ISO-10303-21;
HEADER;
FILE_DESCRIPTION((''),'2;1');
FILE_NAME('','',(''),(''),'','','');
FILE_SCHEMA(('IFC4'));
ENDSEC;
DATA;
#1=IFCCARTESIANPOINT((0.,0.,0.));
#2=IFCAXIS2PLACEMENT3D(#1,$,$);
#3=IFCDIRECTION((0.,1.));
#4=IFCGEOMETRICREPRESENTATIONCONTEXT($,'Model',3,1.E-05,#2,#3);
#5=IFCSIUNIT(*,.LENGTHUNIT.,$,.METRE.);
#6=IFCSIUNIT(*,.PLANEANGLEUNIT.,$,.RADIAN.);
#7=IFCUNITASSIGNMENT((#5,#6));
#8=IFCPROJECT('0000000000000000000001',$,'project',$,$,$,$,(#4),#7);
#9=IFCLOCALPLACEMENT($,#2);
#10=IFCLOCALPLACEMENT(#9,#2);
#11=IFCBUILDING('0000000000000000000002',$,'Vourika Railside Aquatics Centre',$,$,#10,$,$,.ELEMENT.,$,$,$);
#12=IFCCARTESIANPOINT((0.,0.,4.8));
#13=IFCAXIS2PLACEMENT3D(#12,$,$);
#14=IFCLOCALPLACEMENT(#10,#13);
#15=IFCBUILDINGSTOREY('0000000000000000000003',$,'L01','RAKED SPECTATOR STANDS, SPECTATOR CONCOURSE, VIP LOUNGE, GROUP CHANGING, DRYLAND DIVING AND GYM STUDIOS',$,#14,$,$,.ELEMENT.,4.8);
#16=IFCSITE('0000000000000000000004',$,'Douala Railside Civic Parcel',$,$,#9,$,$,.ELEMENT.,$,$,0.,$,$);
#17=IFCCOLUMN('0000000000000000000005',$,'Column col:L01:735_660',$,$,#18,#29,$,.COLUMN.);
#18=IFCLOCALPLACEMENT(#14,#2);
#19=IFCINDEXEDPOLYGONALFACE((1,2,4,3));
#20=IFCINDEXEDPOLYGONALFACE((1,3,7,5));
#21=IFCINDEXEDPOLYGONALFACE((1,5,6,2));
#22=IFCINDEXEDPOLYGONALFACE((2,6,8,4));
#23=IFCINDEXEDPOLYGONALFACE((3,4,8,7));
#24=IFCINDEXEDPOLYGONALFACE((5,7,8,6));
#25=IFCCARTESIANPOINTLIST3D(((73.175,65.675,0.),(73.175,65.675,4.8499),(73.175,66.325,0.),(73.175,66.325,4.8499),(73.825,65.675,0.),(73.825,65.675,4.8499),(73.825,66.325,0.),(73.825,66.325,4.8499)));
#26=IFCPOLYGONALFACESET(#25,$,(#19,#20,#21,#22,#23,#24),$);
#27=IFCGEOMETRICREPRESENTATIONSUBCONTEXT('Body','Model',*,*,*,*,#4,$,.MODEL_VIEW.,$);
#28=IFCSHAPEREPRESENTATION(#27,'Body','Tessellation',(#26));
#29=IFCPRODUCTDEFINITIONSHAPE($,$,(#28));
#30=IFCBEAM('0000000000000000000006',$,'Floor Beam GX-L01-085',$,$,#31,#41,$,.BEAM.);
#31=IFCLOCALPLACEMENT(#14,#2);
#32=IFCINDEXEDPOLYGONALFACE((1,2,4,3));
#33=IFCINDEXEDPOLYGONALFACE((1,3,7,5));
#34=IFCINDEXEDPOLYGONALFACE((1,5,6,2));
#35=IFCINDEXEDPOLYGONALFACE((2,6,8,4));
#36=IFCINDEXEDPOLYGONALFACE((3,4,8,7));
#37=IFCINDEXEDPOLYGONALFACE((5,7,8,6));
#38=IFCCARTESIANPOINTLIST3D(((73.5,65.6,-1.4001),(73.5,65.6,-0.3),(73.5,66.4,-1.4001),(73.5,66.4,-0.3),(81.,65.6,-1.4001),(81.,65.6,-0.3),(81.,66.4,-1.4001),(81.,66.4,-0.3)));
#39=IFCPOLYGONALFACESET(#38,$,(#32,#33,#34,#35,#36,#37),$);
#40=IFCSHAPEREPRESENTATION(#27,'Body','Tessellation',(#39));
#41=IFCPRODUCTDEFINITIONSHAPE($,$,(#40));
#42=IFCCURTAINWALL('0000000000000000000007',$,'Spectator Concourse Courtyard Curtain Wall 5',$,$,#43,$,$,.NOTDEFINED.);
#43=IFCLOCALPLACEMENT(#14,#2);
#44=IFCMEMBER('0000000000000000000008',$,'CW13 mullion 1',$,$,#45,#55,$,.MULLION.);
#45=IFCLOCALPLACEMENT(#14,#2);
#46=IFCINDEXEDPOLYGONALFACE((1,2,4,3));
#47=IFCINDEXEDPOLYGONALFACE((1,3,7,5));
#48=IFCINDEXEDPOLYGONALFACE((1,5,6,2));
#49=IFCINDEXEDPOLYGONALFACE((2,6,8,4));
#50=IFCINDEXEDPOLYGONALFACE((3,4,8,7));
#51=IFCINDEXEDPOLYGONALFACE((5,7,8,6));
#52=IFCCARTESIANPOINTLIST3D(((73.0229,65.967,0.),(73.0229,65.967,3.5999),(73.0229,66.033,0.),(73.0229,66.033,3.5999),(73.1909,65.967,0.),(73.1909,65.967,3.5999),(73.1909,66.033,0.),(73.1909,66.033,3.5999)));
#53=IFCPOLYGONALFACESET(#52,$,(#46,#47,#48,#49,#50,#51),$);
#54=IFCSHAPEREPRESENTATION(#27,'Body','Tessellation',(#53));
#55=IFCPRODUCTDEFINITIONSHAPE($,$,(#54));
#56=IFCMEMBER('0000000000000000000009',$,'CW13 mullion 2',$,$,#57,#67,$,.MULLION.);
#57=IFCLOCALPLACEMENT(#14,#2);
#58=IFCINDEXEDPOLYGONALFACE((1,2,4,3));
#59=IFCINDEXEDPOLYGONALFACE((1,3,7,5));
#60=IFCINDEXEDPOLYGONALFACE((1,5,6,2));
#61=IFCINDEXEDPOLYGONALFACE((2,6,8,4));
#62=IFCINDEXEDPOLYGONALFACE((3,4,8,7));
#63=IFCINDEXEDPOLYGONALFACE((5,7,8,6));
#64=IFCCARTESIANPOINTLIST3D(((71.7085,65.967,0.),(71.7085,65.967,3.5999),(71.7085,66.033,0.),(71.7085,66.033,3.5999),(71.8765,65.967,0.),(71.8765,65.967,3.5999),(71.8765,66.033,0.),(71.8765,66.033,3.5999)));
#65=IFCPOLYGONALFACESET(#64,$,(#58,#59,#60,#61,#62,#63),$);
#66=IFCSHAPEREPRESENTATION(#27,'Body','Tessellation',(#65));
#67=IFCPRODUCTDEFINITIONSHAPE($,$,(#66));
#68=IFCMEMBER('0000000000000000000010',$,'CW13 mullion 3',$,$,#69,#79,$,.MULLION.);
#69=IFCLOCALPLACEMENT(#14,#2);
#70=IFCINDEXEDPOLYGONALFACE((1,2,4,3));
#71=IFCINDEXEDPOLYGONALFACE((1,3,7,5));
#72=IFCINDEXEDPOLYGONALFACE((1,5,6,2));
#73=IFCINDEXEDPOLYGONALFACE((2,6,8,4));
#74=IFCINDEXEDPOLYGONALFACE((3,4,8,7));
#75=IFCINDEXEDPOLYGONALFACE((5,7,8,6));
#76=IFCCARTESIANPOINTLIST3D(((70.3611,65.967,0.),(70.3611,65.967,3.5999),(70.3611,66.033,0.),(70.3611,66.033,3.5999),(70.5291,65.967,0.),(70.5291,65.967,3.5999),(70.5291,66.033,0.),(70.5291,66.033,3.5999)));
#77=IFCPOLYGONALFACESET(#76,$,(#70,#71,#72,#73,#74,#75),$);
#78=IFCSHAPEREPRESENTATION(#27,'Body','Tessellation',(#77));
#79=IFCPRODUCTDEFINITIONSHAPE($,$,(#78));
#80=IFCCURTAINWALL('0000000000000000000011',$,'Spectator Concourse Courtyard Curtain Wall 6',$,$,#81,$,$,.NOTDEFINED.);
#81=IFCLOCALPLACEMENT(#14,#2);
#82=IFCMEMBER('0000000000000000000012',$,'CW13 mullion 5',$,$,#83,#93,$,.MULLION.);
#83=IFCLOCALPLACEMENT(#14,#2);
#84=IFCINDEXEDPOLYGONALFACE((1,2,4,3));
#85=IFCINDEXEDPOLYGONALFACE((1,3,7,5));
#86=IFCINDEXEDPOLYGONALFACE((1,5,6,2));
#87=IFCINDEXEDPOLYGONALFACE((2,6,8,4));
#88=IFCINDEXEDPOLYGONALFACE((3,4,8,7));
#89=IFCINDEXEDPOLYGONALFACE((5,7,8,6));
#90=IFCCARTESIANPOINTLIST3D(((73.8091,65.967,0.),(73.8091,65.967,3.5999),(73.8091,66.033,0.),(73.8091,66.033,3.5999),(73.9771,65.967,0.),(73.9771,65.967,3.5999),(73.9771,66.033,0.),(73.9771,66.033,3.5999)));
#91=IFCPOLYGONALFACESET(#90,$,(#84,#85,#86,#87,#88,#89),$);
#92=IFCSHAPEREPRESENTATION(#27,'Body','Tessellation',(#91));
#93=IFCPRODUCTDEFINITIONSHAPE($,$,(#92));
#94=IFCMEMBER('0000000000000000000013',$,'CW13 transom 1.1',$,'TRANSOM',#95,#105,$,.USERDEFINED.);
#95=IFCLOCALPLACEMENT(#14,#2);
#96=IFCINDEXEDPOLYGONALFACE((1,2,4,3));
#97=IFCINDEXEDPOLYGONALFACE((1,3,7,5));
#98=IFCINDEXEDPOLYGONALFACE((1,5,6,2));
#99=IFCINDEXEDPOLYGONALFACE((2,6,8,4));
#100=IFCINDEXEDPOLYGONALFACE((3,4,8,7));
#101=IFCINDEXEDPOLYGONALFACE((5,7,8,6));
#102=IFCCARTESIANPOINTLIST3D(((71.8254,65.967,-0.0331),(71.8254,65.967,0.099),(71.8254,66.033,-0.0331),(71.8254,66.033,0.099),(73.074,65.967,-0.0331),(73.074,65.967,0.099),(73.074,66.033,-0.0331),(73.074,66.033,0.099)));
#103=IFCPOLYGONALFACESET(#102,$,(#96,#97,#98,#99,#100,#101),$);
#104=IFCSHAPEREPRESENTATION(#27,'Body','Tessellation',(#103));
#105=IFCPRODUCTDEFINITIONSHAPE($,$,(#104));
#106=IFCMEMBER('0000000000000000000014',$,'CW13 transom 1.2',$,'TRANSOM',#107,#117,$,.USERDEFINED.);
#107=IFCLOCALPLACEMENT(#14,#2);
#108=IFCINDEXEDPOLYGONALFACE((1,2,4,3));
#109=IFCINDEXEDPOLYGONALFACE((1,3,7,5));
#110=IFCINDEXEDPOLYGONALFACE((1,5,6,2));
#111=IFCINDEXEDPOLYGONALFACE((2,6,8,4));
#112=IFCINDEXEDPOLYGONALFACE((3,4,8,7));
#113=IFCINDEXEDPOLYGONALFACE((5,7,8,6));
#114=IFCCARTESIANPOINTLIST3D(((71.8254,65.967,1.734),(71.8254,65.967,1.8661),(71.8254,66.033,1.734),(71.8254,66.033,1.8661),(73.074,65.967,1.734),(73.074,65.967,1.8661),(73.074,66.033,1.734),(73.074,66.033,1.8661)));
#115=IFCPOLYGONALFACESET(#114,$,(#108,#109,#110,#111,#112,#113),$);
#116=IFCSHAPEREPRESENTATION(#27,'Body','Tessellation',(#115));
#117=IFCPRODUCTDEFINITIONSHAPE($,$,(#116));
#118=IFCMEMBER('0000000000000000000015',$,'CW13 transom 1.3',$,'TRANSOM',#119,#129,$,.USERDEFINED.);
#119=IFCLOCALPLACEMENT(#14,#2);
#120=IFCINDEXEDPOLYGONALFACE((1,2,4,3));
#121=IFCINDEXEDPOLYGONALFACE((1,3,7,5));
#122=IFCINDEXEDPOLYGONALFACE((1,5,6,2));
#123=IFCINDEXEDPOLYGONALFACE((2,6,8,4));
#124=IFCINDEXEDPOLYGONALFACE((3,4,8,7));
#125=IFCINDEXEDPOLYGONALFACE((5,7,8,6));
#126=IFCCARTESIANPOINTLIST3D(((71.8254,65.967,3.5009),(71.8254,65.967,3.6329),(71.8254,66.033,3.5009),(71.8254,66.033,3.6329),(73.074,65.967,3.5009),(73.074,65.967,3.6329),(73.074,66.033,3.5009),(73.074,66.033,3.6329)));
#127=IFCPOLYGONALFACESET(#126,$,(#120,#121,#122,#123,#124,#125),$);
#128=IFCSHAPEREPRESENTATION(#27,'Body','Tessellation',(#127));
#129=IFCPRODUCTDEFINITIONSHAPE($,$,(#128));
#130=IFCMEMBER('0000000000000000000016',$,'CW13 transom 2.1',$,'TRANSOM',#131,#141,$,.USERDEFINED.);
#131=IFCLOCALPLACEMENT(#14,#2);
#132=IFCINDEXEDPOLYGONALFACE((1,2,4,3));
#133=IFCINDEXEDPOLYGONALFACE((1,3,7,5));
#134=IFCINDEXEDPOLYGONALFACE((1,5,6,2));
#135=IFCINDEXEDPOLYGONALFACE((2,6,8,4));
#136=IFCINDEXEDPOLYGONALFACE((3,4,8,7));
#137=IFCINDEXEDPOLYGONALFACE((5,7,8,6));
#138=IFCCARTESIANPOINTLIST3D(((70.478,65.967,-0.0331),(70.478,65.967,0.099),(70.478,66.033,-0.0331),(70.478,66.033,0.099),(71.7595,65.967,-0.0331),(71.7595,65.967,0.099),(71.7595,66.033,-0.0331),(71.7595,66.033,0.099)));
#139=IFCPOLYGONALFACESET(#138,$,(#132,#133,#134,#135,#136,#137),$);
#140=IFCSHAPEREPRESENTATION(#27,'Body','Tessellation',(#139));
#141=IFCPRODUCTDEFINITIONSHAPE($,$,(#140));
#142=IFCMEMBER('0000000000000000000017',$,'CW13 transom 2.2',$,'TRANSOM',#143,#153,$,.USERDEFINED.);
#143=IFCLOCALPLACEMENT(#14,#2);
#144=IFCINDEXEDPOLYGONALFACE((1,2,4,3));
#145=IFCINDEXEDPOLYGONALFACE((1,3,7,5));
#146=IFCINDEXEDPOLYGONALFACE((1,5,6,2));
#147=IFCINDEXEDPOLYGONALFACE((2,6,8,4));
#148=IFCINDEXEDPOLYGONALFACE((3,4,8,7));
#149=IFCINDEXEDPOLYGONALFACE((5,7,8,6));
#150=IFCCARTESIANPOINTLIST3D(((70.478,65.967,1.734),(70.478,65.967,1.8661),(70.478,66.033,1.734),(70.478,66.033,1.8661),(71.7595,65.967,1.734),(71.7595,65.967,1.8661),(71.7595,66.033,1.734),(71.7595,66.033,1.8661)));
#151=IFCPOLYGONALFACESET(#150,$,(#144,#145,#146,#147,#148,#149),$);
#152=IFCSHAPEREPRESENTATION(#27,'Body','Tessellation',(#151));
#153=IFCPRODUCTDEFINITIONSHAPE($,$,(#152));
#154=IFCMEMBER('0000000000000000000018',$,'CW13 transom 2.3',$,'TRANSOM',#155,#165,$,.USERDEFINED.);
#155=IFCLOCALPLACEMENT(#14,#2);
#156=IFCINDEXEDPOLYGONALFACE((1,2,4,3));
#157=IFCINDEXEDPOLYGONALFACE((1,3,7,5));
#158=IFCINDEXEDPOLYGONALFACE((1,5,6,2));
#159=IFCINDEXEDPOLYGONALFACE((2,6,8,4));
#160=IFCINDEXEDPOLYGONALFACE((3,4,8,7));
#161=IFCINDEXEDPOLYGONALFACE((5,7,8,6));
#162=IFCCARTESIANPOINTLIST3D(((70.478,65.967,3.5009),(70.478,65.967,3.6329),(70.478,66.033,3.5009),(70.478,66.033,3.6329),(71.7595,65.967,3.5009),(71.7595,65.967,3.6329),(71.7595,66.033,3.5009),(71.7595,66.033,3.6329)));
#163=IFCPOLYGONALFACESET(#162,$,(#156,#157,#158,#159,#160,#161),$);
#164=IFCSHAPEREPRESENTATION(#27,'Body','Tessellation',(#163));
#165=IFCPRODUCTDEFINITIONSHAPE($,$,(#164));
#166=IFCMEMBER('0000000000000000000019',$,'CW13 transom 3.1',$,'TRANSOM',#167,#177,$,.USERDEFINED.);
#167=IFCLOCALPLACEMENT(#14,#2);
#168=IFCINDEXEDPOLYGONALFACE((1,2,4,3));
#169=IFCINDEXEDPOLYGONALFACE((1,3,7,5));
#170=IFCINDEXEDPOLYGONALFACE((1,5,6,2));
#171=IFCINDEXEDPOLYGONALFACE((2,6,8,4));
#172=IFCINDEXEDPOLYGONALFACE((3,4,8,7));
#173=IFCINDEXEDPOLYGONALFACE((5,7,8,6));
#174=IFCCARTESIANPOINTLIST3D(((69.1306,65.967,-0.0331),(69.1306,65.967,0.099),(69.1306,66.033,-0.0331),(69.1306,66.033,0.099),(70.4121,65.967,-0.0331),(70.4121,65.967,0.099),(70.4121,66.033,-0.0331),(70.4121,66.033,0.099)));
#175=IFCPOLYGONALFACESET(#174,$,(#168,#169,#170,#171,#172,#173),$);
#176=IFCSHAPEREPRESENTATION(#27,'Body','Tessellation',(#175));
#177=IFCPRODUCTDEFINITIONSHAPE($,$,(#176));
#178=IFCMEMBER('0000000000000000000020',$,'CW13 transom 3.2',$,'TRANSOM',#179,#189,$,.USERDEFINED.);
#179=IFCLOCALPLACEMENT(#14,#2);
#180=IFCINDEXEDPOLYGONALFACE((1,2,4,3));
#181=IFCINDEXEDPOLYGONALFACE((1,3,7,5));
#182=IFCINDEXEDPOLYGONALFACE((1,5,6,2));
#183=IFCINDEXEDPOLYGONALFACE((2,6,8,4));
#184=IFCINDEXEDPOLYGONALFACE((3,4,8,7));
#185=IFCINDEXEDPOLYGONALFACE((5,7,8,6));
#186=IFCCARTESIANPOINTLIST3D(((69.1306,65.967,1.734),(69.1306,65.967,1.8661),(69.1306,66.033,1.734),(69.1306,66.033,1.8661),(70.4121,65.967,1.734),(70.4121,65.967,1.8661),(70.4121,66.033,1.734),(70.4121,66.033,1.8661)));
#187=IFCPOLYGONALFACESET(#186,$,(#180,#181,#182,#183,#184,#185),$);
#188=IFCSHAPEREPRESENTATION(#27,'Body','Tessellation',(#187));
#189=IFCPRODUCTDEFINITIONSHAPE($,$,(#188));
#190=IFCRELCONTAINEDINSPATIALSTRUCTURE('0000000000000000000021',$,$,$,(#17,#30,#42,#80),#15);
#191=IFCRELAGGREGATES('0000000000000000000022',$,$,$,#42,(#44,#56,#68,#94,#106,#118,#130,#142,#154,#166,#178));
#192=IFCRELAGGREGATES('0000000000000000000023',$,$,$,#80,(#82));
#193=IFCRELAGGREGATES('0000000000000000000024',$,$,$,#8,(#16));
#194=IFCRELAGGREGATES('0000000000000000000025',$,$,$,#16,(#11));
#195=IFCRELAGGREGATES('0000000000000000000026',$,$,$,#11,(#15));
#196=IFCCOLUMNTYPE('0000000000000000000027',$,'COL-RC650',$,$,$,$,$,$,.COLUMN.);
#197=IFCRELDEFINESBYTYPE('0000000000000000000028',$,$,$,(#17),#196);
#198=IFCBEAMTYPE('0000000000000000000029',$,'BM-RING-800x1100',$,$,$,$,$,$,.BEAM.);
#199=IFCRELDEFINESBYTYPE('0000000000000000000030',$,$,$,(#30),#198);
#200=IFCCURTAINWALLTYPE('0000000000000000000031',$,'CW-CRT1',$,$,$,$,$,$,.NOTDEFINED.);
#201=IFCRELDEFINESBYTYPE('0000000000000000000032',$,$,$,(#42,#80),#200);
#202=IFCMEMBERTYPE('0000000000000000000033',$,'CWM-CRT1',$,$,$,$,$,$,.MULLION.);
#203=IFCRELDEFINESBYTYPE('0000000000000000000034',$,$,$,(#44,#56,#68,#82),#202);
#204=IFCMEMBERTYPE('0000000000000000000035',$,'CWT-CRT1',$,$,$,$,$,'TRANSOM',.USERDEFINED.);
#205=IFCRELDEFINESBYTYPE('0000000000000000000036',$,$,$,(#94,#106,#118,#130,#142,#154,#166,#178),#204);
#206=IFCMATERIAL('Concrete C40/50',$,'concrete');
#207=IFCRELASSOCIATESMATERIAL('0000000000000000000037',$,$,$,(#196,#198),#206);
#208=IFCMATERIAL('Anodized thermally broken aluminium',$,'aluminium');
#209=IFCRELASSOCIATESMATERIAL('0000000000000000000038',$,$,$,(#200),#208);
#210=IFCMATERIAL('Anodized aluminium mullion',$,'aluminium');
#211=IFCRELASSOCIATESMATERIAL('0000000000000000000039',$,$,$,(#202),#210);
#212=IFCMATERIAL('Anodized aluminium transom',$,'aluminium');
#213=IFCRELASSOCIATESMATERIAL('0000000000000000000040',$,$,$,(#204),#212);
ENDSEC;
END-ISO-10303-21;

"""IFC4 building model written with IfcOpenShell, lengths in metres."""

from ifc_helpers import new_model, si_unit, direction, frame, origin, origin_2d, place, context, subcontext, project, spatial, rectangle, extrude, material, material_profile, profile_set, type_object, element, aggregate, save


model = new_model("IFC4")

# Units and contexts
model_context = context("Model", 3, precision=1e-05, world=origin(), true_north=direction((0.0, 1.0)))
body_context = subcontext(model_context, "Body", "Model", "MODEL_VIEW")
ifc_project = project(units=[si_unit("LENGTHUNIT", "METRE"), si_unit("PLANEANGLEUNIT", "RADIAN")], contexts=[model_context])

# Site, building, storey
site_placement = place(None, origin())
site = spatial("IfcSite", under=ifc_project, at=site_placement, Name="Douala Railside Civic Parcel", CompositionType="ELEMENT", RefElevation=0.0)
building_placement = place(site_placement, origin())
building = spatial("IfcBuilding", under=site, at=building_placement, Name="Vourika Railside Aquatics Centre", CompositionType="ELEMENT")
storey_placement = place(building_placement, frame((0.0, 0.0, 4.8)))
storey = spatial("IfcBuildingStorey", under=building, at=storey_placement, Name="L01", Description="RAKED SPECTATOR STANDS, SPECTATOR CONCOURSE, VIP LOUNGE, GROUP CHANGING, DRYLAND DIVING AND GYM STUDIOS", CompositionType="ELEMENT", Elevation=4.8)

# Column
ifc_material_1 = material(Name="Concrete C40/50", Category="concrete")
ifc_material_profile_1 = material_profile(ifc_material_1, rectangle(XDim=0.6499, YDim=0.6499, at=origin_2d()), Name="RC 650x650")
ifc_profile_set_1 = profile_set([ifc_material_profile_1], Name="Concrete C40/50")
column_type = type_object("IfcColumnType", Name="COL-RC650", PredefinedType="COLUMN", material=ifc_profile_set_1)
column_placement = place(storey_placement, frame((73.5, 66.0, 0.0), z_axis=(0.0, 0.0, 1.0), x_axis=(1.0, 0.0, 0.0)))
element("IfcColumn", 1, at=column_placement, inside=storey, type_object=column_type, Name="Column col:L01:735_660", PredefinedType="COLUMN", context=body_context, shape_type="SweptSolid", body=[
    extrude(rectangle(XDim=0.6499, YDim=0.6499, at=origin_2d()), origin(), (0.0, 0.0, 1.0), 4.8499),
])

# Beam
ifc_material_profile_2 = material_profile(ifc_material_1, rectangle(XDim=0.8, YDim=1.1001, at=origin_2d()), Name="RC 800x1100")
ifc_profile_set_2 = profile_set([ifc_material_profile_2], Name="Concrete C40/50")
beam_type = type_object("IfcBeamType", Name="BM-RING-800x1100", PredefinedType="BEAM", material=ifc_profile_set_2)
beam_placement = place(storey_placement, frame((73.5, 66.0, -0.8501), z_axis=(1.0, 0.0, 0.0), x_axis=(0.0, 1.0, 0.0)))
element("IfcBeam", 2, at=beam_placement, inside=storey, type_object=beam_type, Name="Floor Beam GX-L01-085", PredefinedType="BEAM", context=body_context, shape_type="SweptSolid", body=[
    extrude(rectangle(XDim=0.8, YDim=1.1001, at=origin_2d()), origin(), (0.0, 0.0, 1.0), 7.5),
])

# Curtain wall, members
ifc_material_2 = material(Name="Anodized thermally broken aluminium", Category="aluminium")
curtain_wall_type = type_object("IfcCurtainWallType", Name="CW-CRT1", PredefinedType="NOTDEFINED", material=ifc_material_2)
curtain_wall_1_placement = place(storey_placement, origin())
curtain_wall_1 = element("IfcCurtainWall", 3, at=curtain_wall_1_placement, inside=storey, type_object=curtain_wall_type, Name="Spectator Concourse Courtyard Curtain Wall 5", PredefinedType="NOTDEFINED")
ifc_material_3 = material(Name="Anodized aluminium mullion", Category="aluminium")
ifc_material_profile_3 = material_profile(ifc_material_3, rectangle(XDim=0.0659, YDim=0.168, at=origin_2d()), Name="ALU-M 66x168")
ifc_profile_set_3 = profile_set([ifc_material_profile_3], Name="Anodized aluminium mullion")
member_type_1 = type_object("IfcMemberType", Name="CWM-CRT1", PredefinedType="MULLION", material=ifc_profile_set_3)
member_1_placement = place(storey_placement, frame((73.1069, 66.0, 0.0), z_axis=(0.0, 0.0, 1.0), x_axis=(0.0, -1.0, 0.0)))
member_1 = element("IfcMember", 4, at=member_1_placement, type_object=member_type_1, Name="CW13 mullion 1", PredefinedType="MULLION", context=body_context, shape_type="SweptSolid", body=[
    extrude(rectangle(XDim=0.0659, YDim=0.168, at=origin_2d()), origin(), (0.0, 0.0, 1.0), 3.5999),
])
member_2_placement = place(storey_placement, frame((71.7925, 66.0, 0.0), z_axis=(0.0, 0.0, 1.0), x_axis=(0.0, -1.0, 0.0)))
member_2 = element("IfcMember", 5, at=member_2_placement, type_object=member_type_1, Name="CW13 mullion 2", PredefinedType="MULLION", context=body_context, shape_type="SweptSolid", body=[
    extrude(rectangle(XDim=0.0659, YDim=0.168, at=origin_2d()), origin(), (0.0, 0.0, 1.0), 3.5999),
])
member_3_placement = place(storey_placement, frame((70.4451, 66.0, 0.0), z_axis=(0.0, 0.0, 1.0), x_axis=(0.0, -1.0, 0.0)))
member_3 = element("IfcMember", 6, at=member_3_placement, type_object=member_type_1, Name="CW13 mullion 3", PredefinedType="MULLION", context=body_context, shape_type="SweptSolid", body=[
    extrude(rectangle(XDim=0.0659, YDim=0.168, at=origin_2d()), origin(), (0.0, 0.0, 1.0), 3.5999),
])

# Curtain wall, member
curtain_wall_2_placement = place(storey_placement, origin())
curtain_wall_2 = element("IfcCurtainWall", 7, at=curtain_wall_2_placement, inside=storey, type_object=curtain_wall_type, Name="Spectator Concourse Courtyard Curtain Wall 6", PredefinedType="NOTDEFINED")
member_4_placement = place(storey_placement, frame((73.8931, 66.0, 0.0), z_axis=(0.0, 0.0, 1.0), x_axis=(0.0, -1.0, 0.0)))
member_4 = element("IfcMember", 8, at=member_4_placement, type_object=member_type_1, Name="CW13 mullion 5", PredefinedType="MULLION", context=body_context, shape_type="SweptSolid", body=[
    extrude(rectangle(XDim=0.0659, YDim=0.168, at=origin_2d()), origin(), (0.0, 0.0, 1.0), 3.5999),
])

# Members
ifc_material_4 = material(Name="Anodized aluminium transom", Category="aluminium")
ifc_material_profile_4 = material_profile(ifc_material_4, rectangle(XDim=0.0659, YDim=0.1321, at=origin_2d()), Name="ALU-T 66x132")
ifc_profile_set_4 = profile_set([ifc_material_profile_4], Name="Anodized aluminium transom")
member_type_2 = type_object("IfcMemberType", Name="CWT-CRT1", ElementType="TRANSOM", PredefinedType="USERDEFINED", material=ifc_profile_set_4)
member_5_placement = place(storey_placement, frame((73.074, 66.0, 0.033), z_axis=(-1.0, 0.0, 0.0), x_axis=(0.0, -1.0, 0.0)))
member_5 = element("IfcMember", 9, at=member_5_placement, type_object=member_type_2, Name="CW13 transom 1.1", ObjectType="TRANSOM", PredefinedType="USERDEFINED", context=body_context, shape_type="SweptSolid", body=[
    extrude(rectangle(XDim=0.0659, YDim=0.1321, at=origin_2d()), origin(), (0.0, 0.0, 1.0), 1.2485),
])
member_6_placement = place(storey_placement, frame((73.074, 66.0, 1.8), z_axis=(-1.0, 0.0, 0.0), x_axis=(0.0, -1.0, 0.0)))
member_6 = element("IfcMember", 10, at=member_6_placement, type_object=member_type_2, Name="CW13 transom 1.2", ObjectType="TRANSOM", PredefinedType="USERDEFINED", context=body_context, shape_type="SweptSolid", body=[
    extrude(rectangle(XDim=0.0659, YDim=0.1321, at=origin_2d()), origin(), (0.0, 0.0, 1.0), 1.2485),
])
member_7_placement = place(storey_placement, frame((73.074, 66.0, 3.5669), z_axis=(-1.0, 0.0, 0.0), x_axis=(0.0, -1.0, 0.0)))
member_7 = element("IfcMember", 11, at=member_7_placement, type_object=member_type_2, Name="CW13 transom 1.3", ObjectType="TRANSOM", PredefinedType="USERDEFINED", context=body_context, shape_type="SweptSolid", body=[
    extrude(rectangle(XDim=0.0659, YDim=0.1321, at=origin_2d()), origin(), (0.0, 0.0, 1.0), 1.2485),
])
member_8_placement = place(storey_placement, frame((71.7595, 66.0, 0.033), z_axis=(-1.0, 0.0, 0.0), x_axis=(0.0, -1.0, 0.0)))
member_8 = element("IfcMember", 12, at=member_8_placement, type_object=member_type_2, Name="CW13 transom 2.1", ObjectType="TRANSOM", PredefinedType="USERDEFINED", context=body_context, shape_type="SweptSolid", body=[
    extrude(rectangle(XDim=0.0659, YDim=0.1321, at=origin_2d()), origin(), (0.0, 0.0, 1.0), 1.2815),
])
member_9_placement = place(storey_placement, frame((71.7595, 66.0, 1.8), z_axis=(-1.0, 0.0, 0.0), x_axis=(0.0, -1.0, 0.0)))
member_9 = element("IfcMember", 13, at=member_9_placement, type_object=member_type_2, Name="CW13 transom 2.2", ObjectType="TRANSOM", PredefinedType="USERDEFINED", context=body_context, shape_type="SweptSolid", body=[
    extrude(rectangle(XDim=0.0659, YDim=0.1321, at=origin_2d()), origin(), (0.0, 0.0, 1.0), 1.2815),
])
member_10_placement = place(storey_placement, frame((71.7595, 66.0, 3.5669), z_axis=(-1.0, 0.0, 0.0), x_axis=(0.0, -1.0, 0.0)))
member_10 = element("IfcMember", 14, at=member_10_placement, type_object=member_type_2, Name="CW13 transom 2.3", ObjectType="TRANSOM", PredefinedType="USERDEFINED", context=body_context, shape_type="SweptSolid", body=[
    extrude(rectangle(XDim=0.0659, YDim=0.1321, at=origin_2d()), origin(), (0.0, 0.0, 1.0), 1.2815),
])
member_11_placement = place(storey_placement, frame((70.4121, 66.0, 0.033), z_axis=(-1.0, 0.0, 0.0), x_axis=(0.0, -1.0, 0.0)))
member_11 = element("IfcMember", 15, at=member_11_placement, type_object=member_type_2, Name="CW13 transom 3.1", ObjectType="TRANSOM", PredefinedType="USERDEFINED", context=body_context, shape_type="SweptSolid", body=[
    extrude(rectangle(XDim=0.0659, YDim=0.1321, at=origin_2d()), origin(), (0.0, 0.0, 1.0), 1.2815),
])
member_12_placement = place(storey_placement, frame((70.4121, 66.0, 1.8), z_axis=(-1.0, 0.0, 0.0), x_axis=(0.0, -1.0, 0.0)))
member_12 = element("IfcMember", 16, at=member_12_placement, type_object=member_type_2, Name="CW13 transom 3.2", ObjectType="TRANSOM", PredefinedType="USERDEFINED", context=body_context, shape_type="SweptSolid", body=[
    extrude(rectangle(XDim=0.0659, YDim=0.1321, at=origin_2d()), origin(), (0.0, 0.0, 1.0), 1.2815),
])

aggregate(curtain_wall_1, [member_1, member_2, member_3, member_5, member_6, member_7, member_8, member_9, member_10, member_11, member_12])
aggregate(curtain_wall_2, [member_4])

save(model, "model.ifc")
